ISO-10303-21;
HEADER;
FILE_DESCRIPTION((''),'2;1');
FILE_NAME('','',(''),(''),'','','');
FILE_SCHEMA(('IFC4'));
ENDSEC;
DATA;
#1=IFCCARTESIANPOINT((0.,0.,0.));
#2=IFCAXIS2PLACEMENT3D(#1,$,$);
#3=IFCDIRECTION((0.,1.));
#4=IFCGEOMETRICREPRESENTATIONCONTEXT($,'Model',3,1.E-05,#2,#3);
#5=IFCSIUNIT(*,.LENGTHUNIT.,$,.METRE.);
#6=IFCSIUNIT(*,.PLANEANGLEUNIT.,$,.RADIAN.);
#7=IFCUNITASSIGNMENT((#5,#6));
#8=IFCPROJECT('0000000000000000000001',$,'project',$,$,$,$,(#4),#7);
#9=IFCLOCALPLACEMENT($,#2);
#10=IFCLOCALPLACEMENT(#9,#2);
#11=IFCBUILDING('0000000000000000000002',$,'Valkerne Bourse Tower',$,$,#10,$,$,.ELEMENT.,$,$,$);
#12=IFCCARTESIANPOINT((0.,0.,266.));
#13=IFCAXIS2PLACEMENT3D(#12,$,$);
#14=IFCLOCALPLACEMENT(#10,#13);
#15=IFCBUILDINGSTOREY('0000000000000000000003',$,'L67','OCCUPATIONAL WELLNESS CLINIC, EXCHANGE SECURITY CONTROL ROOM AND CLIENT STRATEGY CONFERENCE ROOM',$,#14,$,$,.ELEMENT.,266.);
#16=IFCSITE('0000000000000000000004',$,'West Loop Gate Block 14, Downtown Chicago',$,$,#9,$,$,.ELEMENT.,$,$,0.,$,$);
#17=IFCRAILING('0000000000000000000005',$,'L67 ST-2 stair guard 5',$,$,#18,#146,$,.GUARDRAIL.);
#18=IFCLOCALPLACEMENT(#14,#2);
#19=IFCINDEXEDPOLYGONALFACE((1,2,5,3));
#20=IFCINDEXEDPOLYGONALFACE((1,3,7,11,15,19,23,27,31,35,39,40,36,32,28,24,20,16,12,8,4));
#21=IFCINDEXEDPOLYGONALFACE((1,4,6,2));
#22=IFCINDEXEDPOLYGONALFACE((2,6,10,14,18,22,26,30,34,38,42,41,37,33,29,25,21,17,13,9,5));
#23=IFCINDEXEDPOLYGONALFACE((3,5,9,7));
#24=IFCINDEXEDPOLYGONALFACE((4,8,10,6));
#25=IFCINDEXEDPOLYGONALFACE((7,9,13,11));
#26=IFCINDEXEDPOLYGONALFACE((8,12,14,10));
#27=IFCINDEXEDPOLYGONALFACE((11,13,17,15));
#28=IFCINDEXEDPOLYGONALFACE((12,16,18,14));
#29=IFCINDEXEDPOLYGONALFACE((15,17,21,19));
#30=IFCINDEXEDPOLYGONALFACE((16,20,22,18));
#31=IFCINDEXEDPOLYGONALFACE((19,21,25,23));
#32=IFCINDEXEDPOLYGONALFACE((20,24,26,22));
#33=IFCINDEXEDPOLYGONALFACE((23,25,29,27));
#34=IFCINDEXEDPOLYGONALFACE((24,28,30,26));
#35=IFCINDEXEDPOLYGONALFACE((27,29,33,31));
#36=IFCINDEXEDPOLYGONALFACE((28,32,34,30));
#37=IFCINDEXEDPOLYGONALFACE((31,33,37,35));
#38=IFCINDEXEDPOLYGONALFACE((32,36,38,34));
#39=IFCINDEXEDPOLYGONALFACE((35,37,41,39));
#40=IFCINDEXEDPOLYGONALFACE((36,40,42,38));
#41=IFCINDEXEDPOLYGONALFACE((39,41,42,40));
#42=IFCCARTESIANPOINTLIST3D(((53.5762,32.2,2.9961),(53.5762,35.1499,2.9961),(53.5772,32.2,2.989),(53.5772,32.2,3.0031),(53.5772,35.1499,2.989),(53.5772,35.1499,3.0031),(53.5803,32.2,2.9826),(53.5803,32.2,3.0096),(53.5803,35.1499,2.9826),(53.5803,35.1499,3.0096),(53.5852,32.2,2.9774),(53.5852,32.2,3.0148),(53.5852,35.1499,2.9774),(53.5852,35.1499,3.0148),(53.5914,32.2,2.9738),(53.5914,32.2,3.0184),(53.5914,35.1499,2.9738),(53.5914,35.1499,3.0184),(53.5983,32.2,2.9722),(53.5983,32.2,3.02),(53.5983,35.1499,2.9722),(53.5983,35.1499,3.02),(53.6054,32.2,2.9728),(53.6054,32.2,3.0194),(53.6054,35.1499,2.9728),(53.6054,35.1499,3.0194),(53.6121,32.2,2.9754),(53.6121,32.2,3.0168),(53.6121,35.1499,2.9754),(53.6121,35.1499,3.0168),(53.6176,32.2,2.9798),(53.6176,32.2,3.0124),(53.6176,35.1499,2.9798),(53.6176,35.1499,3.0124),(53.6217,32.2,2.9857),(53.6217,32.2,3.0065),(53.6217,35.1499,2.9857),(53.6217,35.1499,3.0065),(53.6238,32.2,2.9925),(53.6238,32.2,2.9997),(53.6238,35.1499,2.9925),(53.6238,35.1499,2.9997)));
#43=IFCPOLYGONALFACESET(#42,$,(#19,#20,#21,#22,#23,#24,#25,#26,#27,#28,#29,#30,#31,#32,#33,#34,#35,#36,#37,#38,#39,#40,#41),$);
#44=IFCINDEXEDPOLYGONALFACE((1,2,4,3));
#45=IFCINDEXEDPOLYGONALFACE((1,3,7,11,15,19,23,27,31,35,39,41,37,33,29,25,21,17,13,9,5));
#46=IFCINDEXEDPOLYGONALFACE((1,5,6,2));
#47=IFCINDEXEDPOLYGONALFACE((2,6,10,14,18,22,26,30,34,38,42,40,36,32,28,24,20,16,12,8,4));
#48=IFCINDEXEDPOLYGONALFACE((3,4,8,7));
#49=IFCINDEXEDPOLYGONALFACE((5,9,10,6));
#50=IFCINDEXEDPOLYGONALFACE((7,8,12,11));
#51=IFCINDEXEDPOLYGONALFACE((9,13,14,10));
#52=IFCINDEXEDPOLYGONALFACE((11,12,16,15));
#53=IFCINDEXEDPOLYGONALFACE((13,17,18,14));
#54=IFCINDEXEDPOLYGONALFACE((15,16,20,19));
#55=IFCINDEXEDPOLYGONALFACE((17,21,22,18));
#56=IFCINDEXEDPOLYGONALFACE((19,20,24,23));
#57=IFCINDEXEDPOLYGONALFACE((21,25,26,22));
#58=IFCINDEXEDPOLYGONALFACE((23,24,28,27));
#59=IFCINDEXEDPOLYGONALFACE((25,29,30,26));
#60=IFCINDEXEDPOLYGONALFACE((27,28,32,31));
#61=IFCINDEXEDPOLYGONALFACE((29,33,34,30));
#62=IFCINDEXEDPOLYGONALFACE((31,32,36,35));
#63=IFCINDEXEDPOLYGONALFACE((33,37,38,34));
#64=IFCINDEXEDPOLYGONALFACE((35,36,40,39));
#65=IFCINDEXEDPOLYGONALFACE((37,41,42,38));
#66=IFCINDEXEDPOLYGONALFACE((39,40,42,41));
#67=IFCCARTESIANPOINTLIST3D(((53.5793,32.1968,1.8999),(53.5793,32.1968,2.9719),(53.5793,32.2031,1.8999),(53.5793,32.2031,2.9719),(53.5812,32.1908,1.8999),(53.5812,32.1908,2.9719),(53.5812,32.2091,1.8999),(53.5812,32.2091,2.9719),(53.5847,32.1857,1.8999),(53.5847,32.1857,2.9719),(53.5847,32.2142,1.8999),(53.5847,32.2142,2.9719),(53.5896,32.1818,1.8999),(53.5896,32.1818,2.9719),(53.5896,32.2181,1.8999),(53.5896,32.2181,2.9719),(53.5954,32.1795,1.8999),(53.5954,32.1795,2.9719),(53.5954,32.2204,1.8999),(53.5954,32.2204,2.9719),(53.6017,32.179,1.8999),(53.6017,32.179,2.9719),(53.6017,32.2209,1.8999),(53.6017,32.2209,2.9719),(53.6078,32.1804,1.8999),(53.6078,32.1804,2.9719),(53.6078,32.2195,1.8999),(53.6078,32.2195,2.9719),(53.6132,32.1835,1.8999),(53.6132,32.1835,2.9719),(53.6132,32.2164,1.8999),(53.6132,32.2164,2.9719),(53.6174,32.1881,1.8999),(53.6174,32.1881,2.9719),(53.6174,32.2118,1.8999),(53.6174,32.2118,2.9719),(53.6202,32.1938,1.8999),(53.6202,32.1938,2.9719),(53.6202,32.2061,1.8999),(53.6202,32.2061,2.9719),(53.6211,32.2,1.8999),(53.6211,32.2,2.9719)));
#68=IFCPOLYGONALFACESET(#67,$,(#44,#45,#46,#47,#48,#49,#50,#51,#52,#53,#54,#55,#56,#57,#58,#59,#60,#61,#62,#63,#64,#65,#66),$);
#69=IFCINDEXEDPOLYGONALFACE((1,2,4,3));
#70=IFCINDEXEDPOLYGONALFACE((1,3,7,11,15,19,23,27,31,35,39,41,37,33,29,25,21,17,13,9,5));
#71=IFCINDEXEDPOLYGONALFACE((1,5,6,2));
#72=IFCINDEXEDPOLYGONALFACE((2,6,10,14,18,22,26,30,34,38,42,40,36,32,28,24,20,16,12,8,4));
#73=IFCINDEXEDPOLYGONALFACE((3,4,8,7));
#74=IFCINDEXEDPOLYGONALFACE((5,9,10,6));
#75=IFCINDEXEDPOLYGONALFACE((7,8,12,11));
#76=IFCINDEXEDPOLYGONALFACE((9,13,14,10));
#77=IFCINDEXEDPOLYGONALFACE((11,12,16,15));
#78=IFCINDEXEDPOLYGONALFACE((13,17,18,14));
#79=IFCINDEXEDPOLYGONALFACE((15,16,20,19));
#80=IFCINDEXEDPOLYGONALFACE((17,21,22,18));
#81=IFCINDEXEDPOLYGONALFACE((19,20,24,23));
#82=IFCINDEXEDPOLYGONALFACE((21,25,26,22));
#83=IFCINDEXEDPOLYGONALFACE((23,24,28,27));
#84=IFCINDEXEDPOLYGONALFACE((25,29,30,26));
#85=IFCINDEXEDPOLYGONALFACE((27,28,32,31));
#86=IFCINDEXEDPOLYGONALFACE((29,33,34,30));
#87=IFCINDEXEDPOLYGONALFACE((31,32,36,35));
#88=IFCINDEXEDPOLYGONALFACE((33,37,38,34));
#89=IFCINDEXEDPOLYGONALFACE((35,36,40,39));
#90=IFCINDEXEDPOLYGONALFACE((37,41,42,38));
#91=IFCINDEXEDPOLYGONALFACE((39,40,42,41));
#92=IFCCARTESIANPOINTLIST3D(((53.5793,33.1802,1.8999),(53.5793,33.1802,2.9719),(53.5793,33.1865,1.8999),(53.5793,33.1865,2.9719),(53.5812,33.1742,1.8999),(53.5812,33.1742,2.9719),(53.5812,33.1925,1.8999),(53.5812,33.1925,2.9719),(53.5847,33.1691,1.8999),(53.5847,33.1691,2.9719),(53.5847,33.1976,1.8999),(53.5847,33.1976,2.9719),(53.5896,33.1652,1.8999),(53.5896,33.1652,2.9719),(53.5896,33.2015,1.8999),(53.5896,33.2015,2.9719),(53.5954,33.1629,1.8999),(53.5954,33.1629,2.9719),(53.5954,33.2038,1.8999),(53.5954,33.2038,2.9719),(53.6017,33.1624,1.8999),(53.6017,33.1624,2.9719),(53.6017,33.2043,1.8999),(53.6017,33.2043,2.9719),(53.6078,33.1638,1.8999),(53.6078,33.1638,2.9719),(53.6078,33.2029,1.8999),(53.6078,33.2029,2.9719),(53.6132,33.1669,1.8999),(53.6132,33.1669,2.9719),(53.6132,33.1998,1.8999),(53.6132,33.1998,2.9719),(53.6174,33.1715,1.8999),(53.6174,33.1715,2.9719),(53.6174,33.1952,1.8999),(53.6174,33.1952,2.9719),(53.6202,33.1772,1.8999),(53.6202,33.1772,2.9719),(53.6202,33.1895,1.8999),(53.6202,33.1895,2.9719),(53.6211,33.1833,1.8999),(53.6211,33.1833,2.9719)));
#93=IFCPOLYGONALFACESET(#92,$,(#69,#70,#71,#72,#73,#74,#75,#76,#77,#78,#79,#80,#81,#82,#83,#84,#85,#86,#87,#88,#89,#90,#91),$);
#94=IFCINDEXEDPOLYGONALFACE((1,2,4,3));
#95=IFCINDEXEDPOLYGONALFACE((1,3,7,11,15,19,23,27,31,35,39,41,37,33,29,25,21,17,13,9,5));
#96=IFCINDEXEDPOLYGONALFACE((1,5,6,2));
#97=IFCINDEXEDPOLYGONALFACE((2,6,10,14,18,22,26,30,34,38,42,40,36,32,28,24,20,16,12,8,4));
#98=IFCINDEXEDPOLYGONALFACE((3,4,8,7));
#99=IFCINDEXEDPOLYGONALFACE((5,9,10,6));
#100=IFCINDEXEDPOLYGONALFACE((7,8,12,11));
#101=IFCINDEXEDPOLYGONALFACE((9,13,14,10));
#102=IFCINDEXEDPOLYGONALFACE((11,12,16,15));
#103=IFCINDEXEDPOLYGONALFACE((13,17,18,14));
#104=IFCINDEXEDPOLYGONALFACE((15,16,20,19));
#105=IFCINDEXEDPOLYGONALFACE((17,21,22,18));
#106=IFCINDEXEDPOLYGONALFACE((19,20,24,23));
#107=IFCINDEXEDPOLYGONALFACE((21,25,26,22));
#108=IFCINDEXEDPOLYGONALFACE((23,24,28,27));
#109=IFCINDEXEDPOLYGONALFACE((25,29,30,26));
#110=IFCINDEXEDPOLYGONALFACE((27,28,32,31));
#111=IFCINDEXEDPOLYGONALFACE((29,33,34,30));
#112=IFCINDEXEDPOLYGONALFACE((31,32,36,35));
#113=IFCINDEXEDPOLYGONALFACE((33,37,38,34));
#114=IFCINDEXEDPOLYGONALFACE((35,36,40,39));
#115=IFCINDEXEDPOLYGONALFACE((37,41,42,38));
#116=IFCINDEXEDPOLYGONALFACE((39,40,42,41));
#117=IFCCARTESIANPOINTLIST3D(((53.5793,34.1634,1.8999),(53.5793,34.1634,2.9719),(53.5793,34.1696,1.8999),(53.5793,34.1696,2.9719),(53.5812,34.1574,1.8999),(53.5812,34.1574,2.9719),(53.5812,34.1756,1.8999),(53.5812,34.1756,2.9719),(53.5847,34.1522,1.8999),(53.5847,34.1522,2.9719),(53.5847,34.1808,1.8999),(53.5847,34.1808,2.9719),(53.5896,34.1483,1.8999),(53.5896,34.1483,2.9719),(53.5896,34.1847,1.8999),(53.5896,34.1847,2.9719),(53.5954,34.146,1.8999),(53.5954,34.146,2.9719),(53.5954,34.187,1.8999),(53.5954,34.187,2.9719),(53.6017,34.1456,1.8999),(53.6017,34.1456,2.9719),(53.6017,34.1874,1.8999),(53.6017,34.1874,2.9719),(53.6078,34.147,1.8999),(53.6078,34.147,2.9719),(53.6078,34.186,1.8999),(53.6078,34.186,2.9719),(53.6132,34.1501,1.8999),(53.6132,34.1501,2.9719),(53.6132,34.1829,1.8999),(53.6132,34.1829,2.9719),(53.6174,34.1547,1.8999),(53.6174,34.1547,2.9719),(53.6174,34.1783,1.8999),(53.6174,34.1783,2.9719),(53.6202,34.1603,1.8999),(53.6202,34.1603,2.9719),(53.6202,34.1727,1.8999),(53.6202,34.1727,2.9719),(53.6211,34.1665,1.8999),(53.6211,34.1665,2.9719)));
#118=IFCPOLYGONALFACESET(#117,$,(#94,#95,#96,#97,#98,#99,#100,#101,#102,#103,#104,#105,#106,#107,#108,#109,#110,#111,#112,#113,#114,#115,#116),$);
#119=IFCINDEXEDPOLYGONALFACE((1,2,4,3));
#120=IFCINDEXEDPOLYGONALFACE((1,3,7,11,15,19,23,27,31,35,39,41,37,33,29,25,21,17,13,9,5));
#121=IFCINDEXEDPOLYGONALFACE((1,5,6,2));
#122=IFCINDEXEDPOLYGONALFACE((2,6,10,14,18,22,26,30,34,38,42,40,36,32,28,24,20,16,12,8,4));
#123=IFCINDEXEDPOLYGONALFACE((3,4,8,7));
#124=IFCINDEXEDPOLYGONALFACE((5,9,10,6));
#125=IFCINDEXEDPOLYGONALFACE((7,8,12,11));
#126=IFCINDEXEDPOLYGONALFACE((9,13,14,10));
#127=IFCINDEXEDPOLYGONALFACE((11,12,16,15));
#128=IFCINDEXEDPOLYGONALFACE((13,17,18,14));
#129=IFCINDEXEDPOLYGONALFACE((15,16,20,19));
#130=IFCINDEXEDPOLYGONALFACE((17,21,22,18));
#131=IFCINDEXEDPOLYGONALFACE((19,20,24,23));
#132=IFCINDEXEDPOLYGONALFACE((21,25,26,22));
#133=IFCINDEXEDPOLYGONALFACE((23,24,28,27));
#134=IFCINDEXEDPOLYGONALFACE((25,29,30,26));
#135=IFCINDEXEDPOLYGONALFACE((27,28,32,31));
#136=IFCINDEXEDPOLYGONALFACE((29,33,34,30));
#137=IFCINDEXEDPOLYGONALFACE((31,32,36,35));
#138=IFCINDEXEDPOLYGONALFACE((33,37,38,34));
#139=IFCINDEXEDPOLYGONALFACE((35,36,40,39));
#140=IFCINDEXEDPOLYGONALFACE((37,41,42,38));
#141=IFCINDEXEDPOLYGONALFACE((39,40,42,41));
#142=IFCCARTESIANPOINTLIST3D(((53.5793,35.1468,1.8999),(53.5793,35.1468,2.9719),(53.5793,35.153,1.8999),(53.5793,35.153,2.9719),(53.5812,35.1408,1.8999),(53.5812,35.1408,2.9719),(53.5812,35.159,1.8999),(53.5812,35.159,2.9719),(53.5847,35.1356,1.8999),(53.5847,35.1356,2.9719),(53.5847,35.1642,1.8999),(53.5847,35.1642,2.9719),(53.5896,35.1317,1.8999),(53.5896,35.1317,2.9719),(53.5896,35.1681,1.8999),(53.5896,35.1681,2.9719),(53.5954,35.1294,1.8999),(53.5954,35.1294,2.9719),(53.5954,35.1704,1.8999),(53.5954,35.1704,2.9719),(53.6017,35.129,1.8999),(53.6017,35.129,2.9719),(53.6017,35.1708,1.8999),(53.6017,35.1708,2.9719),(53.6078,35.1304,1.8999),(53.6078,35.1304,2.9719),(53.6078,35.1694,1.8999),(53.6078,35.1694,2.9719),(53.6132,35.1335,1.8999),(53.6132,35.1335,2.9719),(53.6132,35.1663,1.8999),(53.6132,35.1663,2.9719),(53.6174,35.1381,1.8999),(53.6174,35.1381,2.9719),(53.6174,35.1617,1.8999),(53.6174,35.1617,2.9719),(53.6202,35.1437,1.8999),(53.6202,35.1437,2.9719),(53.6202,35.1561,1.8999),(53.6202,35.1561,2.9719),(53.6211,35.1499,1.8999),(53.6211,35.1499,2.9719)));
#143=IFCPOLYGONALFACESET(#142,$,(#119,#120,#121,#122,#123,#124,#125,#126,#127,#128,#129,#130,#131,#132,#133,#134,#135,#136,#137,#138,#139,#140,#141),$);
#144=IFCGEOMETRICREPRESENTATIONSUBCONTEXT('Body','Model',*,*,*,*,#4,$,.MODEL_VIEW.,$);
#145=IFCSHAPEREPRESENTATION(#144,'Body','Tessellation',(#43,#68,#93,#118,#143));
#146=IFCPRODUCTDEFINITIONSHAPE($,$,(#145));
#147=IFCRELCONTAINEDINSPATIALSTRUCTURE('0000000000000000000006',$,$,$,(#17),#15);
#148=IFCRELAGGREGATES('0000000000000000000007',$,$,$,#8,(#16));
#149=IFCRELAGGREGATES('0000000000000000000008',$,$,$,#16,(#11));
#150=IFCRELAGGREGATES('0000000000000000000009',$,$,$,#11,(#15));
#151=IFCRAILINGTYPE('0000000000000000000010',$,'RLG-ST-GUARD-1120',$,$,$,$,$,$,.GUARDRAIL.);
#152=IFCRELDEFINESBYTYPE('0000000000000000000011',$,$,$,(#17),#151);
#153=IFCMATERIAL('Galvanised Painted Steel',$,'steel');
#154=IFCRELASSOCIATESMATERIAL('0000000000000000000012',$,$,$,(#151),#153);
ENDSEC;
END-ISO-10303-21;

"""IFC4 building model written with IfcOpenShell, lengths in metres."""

from ifc_helpers import new_model, si_unit, direction, frame, origin, origin_2d, place, context, subcontext, project, spatial, circle, extrude, material, type_object, element, save


model = new_model("IFC4")

# Units and contexts
model_context = context("Model", 3, precision=1e-05, world=origin(), true_north=direction((0.0, 1.0)))
body_context = subcontext(model_context, "Body", "Model", "MODEL_VIEW")
ifc_project = project(units=[si_unit("LENGTHUNIT", "METRE"), si_unit("PLANEANGLEUNIT", "RADIAN")], contexts=[model_context])

# Site, building, storey
site_placement = place(None, origin())
site = spatial("IfcSite", under=ifc_project, at=site_placement, Name="West Loop Gate Block 14, Downtown Chicago", CompositionType="ELEMENT", RefElevation=0.0)
building_placement = place(site_placement, origin())
building = spatial("IfcBuilding", under=site, at=building_placement, Name="Valkerne Bourse Tower", CompositionType="ELEMENT")
storey_placement = place(building_placement, frame((0.0, 0.0, 266.0)))
storey = spatial("IfcBuildingStorey", under=building, at=storey_placement, Name="L67", Description="OCCUPATIONAL WELLNESS CLINIC, EXCHANGE SECURITY CONTROL ROOM AND CLIENT STRATEGY CONFERENCE ROOM", CompositionType="ELEMENT", Elevation=266.0)

# Railing
ifc_material_1 = material(Name="Galvanised Painted Steel", Category="steel")
railing_type = type_object("IfcRailingType", Name="RLG-ST-GUARD-1120", PredefinedType="GUARDRAIL", material=ifc_material_1)
railing_1_placement = place(storey_placement, frame((53.6001, 32.2, 1.8999)))
element("IfcRailing", 1, at=railing_1_placement, inside=storey, type_object=railing_type, Name="L67 ST-2 stair guard 5", PredefinedType="GUARDRAIL", context=body_context, shape_type="SweptSolid", body=[
    extrude(circle(Radius=0.0239, at=origin_2d()), frame((0.0, 0.0, 1.0962), z_axis=(0.0, 1.0, 0.0), x_axis=(-1.0, 0.0, 0.0)), (0.0, 0.0, 1.0), 2.95),
    extrude(circle(Radius=0.021, at=origin_2d()), origin(), (0.0, 0.0, 1.0), 1.072),
    extrude(circle(Radius=0.021, at=origin_2d()), frame((0.0, 0.9834, 0.0)), (0.0, 0.0, 1.0), 1.072),
    extrude(circle(Radius=0.021, at=origin_2d()), frame((0.0, 1.9666, 0.0)), (0.0, 0.0, 1.0), 1.072),
    extrude(circle(Radius=0.021, at=origin_2d()), frame((0.0, 2.95, 0.0)), (0.0, 0.0, 1.0), 1.072),
])

save(model, "model.ifc")
